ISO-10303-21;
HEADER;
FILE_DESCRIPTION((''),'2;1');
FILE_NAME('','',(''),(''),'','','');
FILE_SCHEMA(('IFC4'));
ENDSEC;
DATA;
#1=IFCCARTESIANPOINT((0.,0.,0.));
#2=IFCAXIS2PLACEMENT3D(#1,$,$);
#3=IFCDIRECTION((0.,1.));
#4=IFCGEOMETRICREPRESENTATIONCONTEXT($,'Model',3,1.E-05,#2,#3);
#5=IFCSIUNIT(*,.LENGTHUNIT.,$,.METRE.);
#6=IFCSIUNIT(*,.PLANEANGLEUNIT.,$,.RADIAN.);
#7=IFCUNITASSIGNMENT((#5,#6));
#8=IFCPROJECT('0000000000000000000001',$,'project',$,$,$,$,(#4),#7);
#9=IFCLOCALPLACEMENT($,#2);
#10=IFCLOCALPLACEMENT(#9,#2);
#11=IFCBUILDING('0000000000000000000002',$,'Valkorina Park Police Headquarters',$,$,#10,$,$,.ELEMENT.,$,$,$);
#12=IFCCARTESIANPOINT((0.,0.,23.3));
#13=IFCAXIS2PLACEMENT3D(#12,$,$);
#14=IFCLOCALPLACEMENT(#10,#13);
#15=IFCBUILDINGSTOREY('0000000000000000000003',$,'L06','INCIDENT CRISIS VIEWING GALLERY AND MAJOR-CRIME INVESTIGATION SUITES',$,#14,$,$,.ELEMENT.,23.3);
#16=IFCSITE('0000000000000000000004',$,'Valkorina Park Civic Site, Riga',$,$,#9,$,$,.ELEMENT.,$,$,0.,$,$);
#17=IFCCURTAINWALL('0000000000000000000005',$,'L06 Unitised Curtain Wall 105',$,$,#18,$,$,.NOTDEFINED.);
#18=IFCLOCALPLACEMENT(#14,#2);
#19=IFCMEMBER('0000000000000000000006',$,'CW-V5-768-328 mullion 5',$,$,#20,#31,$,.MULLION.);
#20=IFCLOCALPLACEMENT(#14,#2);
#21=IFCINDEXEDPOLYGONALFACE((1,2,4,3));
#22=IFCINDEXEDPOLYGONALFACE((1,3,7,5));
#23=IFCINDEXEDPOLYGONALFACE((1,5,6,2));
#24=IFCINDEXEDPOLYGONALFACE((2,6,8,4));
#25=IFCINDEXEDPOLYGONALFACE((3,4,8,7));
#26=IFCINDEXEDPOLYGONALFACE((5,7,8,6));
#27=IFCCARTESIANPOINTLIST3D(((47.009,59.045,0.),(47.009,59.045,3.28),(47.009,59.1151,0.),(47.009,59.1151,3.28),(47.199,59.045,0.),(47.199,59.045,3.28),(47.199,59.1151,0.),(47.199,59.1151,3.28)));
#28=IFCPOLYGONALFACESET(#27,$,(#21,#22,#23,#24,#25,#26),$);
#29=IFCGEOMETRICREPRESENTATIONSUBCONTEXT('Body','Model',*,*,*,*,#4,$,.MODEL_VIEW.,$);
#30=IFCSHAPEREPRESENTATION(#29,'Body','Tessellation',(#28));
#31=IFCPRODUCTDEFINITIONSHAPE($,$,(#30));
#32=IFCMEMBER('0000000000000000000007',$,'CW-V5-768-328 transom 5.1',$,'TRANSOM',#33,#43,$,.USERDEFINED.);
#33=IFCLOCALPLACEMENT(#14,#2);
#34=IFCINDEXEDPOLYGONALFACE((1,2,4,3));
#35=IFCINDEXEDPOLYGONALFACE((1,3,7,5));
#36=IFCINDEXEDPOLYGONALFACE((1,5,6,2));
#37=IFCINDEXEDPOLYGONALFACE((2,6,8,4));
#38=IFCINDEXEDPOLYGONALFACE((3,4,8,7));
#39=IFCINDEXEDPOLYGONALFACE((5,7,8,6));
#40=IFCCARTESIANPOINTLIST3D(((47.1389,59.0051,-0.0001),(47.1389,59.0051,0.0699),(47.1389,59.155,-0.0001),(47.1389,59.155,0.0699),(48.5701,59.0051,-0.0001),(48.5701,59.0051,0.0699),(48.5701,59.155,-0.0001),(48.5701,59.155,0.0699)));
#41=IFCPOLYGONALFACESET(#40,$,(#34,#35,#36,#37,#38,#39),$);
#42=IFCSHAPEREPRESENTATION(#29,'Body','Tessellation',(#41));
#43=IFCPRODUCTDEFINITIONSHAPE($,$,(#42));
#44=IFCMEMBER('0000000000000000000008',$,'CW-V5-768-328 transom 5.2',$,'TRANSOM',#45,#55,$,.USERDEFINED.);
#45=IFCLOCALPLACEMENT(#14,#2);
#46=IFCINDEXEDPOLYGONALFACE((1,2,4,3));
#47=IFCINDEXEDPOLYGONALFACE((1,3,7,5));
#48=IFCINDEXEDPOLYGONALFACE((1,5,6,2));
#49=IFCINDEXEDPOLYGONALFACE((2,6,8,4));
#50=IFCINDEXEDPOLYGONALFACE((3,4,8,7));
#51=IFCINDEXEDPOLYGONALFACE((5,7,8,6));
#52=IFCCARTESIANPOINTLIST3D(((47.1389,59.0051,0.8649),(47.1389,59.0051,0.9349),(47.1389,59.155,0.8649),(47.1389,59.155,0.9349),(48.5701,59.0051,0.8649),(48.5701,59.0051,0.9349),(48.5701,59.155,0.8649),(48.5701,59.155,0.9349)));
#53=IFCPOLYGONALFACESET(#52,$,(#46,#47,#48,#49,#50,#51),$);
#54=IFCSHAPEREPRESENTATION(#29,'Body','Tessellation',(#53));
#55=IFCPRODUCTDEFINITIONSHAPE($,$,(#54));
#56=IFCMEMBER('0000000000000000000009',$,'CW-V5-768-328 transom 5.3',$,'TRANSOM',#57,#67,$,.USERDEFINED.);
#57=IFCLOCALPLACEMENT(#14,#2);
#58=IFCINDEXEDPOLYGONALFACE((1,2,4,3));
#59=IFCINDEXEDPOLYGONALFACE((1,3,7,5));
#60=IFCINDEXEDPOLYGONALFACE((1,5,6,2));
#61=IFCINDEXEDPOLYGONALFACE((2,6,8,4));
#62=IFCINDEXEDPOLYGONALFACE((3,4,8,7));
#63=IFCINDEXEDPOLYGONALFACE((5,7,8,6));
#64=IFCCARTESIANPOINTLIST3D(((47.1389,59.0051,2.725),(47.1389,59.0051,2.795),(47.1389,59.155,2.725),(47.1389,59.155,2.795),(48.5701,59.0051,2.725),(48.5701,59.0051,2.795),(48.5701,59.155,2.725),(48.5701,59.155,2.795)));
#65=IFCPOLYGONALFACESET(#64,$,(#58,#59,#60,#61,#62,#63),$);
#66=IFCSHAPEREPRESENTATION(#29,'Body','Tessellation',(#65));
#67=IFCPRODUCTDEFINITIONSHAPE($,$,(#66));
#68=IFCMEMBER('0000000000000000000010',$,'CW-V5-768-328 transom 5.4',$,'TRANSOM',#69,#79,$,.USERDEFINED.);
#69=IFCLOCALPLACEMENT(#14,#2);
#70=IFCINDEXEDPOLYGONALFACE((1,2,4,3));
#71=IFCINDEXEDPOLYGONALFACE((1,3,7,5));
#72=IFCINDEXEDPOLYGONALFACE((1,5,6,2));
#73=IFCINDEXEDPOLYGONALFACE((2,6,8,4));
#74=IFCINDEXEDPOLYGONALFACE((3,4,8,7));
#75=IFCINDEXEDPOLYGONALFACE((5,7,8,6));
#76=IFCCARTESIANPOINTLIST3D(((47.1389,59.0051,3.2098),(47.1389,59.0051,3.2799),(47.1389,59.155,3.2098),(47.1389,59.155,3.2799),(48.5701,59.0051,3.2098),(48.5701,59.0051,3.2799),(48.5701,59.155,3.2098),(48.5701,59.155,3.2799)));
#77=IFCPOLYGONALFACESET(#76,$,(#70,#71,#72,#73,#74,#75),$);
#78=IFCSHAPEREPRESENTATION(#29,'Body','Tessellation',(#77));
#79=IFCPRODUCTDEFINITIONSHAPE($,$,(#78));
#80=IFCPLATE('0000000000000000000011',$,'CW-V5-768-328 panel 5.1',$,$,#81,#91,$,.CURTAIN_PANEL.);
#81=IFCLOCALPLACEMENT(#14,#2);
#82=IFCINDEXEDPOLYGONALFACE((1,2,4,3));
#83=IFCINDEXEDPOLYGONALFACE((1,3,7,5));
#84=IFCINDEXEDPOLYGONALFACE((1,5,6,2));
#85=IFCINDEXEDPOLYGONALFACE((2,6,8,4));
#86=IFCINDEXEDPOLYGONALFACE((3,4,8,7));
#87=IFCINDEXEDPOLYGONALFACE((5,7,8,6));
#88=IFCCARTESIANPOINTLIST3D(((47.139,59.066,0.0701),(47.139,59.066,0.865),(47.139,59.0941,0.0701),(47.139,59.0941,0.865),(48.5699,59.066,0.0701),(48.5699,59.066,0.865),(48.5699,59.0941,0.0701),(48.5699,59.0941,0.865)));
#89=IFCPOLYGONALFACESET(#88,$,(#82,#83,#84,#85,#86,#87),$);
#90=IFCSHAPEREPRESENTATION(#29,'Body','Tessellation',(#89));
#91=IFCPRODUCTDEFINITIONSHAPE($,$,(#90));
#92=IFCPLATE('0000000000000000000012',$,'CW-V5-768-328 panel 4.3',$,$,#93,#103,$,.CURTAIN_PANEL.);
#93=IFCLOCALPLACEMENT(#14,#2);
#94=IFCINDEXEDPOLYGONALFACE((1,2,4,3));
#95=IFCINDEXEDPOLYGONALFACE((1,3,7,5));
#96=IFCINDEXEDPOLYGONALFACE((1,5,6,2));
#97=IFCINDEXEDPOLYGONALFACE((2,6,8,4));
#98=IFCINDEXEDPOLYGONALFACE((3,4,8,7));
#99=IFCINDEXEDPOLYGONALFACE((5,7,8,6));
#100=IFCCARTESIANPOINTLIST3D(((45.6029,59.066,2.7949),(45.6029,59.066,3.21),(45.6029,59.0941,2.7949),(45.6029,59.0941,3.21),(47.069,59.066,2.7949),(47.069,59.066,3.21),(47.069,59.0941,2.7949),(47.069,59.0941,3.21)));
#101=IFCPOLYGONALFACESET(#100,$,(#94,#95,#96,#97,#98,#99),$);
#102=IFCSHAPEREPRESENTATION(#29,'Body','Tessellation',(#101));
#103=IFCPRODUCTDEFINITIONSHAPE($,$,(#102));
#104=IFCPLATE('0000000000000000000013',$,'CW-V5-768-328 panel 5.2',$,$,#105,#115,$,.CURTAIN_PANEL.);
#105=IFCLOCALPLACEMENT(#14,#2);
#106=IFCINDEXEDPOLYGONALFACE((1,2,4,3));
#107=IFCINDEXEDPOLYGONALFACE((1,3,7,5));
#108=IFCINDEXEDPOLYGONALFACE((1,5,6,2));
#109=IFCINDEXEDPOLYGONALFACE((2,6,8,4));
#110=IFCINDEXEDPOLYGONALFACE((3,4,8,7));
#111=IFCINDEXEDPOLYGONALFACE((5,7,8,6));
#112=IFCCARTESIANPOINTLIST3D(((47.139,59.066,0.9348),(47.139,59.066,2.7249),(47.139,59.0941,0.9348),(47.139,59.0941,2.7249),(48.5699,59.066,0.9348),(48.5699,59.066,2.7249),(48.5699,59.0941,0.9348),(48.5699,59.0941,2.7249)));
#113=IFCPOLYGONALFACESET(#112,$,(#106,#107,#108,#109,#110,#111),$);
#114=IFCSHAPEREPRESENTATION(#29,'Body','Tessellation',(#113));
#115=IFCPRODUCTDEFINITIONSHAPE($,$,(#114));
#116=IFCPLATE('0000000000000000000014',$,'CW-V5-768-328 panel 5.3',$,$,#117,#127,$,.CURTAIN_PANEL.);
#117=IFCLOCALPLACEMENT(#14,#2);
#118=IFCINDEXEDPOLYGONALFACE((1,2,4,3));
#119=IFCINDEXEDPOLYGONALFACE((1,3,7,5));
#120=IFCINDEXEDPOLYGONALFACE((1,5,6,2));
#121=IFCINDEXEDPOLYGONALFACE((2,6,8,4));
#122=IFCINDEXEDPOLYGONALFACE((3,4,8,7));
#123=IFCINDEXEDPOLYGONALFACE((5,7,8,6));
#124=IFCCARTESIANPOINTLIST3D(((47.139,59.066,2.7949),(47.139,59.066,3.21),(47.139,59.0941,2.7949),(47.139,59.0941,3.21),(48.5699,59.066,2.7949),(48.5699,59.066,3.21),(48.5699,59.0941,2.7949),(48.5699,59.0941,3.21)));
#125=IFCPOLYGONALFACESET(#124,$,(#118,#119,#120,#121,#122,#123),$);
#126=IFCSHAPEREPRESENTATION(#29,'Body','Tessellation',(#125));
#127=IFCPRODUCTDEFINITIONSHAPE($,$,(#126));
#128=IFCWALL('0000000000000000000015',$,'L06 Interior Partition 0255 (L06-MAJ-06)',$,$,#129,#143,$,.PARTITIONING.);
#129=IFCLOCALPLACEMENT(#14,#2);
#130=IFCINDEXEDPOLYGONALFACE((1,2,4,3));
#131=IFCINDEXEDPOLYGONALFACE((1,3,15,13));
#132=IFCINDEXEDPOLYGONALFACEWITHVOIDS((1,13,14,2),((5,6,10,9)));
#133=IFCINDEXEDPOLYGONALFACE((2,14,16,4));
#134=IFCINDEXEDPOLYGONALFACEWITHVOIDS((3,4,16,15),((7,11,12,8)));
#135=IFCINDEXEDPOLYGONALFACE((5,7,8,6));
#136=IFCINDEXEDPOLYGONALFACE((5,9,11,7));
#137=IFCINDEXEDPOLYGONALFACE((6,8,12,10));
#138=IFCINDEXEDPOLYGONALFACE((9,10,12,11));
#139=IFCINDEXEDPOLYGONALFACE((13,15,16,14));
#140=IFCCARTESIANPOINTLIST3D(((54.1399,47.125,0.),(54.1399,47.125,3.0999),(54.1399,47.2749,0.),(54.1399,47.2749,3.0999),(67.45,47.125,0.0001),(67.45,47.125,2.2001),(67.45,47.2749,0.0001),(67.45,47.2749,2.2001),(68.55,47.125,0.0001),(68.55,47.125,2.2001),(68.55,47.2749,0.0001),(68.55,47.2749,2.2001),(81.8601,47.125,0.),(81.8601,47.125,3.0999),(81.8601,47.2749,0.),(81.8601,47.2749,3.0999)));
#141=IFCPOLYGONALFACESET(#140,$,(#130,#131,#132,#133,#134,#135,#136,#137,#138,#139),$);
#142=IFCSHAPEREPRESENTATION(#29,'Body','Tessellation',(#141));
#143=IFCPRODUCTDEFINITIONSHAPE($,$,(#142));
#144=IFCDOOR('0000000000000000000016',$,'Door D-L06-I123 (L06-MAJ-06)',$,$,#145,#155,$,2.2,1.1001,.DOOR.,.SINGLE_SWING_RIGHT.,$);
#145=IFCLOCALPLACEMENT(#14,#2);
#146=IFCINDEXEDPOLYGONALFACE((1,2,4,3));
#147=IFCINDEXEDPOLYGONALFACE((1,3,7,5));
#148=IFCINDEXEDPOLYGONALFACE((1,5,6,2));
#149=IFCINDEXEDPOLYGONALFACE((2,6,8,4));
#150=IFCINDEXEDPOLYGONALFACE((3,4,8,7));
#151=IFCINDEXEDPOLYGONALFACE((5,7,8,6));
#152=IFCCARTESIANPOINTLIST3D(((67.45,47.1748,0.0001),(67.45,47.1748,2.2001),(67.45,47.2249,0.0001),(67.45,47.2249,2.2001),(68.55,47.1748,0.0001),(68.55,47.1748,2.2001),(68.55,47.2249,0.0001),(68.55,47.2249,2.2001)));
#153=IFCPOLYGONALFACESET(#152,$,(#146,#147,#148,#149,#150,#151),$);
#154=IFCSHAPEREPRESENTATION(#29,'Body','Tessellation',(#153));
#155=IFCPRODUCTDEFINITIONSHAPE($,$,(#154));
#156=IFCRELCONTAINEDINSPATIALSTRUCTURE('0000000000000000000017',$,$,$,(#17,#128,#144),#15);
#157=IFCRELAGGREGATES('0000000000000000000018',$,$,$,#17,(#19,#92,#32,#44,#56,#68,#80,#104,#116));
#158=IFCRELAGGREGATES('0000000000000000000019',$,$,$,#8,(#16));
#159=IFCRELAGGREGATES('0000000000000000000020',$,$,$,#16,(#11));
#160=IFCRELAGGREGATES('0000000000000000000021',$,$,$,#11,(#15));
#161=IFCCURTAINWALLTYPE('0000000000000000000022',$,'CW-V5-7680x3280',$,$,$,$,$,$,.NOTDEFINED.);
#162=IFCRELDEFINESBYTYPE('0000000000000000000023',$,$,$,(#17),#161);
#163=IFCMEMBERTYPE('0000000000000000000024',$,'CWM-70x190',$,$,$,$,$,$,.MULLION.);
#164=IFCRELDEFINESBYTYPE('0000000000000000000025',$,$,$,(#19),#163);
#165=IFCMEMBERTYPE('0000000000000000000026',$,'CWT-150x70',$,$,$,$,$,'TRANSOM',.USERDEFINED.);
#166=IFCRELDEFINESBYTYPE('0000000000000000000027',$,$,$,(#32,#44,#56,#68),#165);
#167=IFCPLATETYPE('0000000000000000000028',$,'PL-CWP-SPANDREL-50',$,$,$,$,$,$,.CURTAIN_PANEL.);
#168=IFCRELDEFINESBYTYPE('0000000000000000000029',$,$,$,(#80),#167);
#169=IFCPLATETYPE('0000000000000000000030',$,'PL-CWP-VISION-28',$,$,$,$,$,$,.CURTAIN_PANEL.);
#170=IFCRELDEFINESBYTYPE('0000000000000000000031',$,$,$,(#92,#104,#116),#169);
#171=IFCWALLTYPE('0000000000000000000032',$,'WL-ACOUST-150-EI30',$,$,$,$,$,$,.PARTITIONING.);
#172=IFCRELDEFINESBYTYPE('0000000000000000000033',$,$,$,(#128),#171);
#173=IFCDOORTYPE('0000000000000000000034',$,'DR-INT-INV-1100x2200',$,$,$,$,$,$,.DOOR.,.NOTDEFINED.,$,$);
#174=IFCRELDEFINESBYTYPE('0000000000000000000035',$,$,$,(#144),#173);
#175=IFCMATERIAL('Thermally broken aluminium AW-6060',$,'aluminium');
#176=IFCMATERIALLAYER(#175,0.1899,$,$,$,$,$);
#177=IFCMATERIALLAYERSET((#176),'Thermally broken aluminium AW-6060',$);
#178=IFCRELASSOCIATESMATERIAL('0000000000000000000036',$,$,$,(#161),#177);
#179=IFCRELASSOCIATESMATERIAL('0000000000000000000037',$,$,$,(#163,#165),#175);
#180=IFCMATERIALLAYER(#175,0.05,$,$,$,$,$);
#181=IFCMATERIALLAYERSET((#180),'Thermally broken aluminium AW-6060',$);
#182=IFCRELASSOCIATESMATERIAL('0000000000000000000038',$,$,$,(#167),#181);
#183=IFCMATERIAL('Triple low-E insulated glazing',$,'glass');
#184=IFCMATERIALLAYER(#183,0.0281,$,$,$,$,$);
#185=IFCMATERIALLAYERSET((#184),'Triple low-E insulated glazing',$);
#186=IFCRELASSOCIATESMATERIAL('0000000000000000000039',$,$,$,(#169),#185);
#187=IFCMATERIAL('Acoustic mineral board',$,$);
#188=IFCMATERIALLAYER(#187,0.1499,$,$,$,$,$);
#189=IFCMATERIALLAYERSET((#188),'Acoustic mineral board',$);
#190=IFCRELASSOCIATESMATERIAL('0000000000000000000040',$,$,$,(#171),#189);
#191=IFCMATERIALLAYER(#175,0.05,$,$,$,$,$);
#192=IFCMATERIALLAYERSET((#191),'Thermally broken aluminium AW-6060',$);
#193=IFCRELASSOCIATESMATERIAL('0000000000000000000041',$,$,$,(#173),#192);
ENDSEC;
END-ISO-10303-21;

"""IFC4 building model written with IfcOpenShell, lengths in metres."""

from ifc_helpers import new_model, si_unit, direction, frame, frame_2d, origin, origin_2d, place, context, subcontext, project, spatial, rectangle, extrude, material, layer, layer_set, material_profile, profile_set, type_object, element, fill, aggregate, save


model = new_model("IFC4")

# Units and contexts
model_context = context("Model", 3, precision=1e-05, world=origin(), true_north=direction((0.0, 1.0)))
body_context = subcontext(model_context, "Body", "Model", "MODEL_VIEW")
ifc_project = project(units=[si_unit("LENGTHUNIT", "METRE"), si_unit("PLANEANGLEUNIT", "RADIAN")], contexts=[model_context])

# Site, building, storey
site_placement = place(None, origin())
site = spatial("IfcSite", under=ifc_project, at=site_placement, Name="Valkorina Park Civic Site, Riga", CompositionType="ELEMENT", RefElevation=0.0)
building_placement = place(site_placement, origin())
building = spatial("IfcBuilding", under=site, at=building_placement, Name="Valkorina Park Police Headquarters", CompositionType="ELEMENT")
storey_placement = place(building_placement, frame((0.0, 0.0, 23.3)))
storey = spatial("IfcBuildingStorey", under=building, at=storey_placement, Name="L06", Description="INCIDENT CRISIS VIEWING GALLERY AND MAJOR-CRIME INVESTIGATION SUITES", CompositionType="ELEMENT", Elevation=23.3)

# Curtain wall, members, plates
ifc_material_1 = material(Name="Thermally broken aluminium AW-6060", Category="aluminium")
ifc_layer_1 = layer(ifc_material_1, 0.1899)
ifc_layer_set_1 = layer_set([ifc_layer_1], Name="Thermally broken aluminium AW-6060")
curtain_wall_type = type_object("IfcCurtainWallType", Name="CW-V5-7680x3280", PredefinedType="NOTDEFINED", material=ifc_layer_set_1)
curtain_wall_placement = place(storey_placement, origin())
curtain_wall = element("IfcCurtainWall", 1, at=curtain_wall_placement, inside=storey, type_object=curtain_wall_type, Name="L06 Unitised Curtain Wall 105", PredefinedType="NOTDEFINED")
ifc_material_profile_1 = material_profile(ifc_material_1, rectangle(XDim=0.0701, YDim=0.1899, at=origin_2d()), Name="CWM-02 70x190")
ifc_profile_set_1 = profile_set([ifc_material_profile_1], Name="Thermally broken aluminium AW-6060")
member_type_1 = type_object("IfcMemberType", Name="CWM-70x190", PredefinedType="MULLION", material=ifc_profile_set_1)
member_1_placement = place(storey_placement, frame((47.104, 59.0801, 0.0), z_axis=(0.0, 0.0, 1.0), x_axis=(0.0, 1.0, 0.0)))
member_1 = element("IfcMember", 2, at=member_1_placement, type_object=member_type_1, Name="CW-V5-768-328 mullion 5", PredefinedType="MULLION", context=body_context, shape_type="SweptSolid", body=[
    extrude(rectangle(XDim=0.0701, YDim=0.1899, at=origin_2d()), origin(), (0.0, 0.0, 1.0), 3.28),
])
ifc_material_profile_2 = material_profile(ifc_material_1, rectangle(XDim=0.1499, YDim=0.0701, at=origin_2d()), Name="CWT-02 150x70")
ifc_profile_set_2 = profile_set([ifc_material_profile_2], Name="Thermally broken aluminium AW-6060")
member_type_2 = type_object("IfcMemberType", Name="CWT-150x70", ElementType="TRANSOM", PredefinedType="USERDEFINED", material=ifc_profile_set_2)
member_2_placement = place(storey_placement, frame((47.1389, 59.0801, 0.0349), z_axis=(1.0, 0.0, 0.0), x_axis=(0.0, 1.0, 0.0)))
member_2 = element("IfcMember", 3, at=member_2_placement, type_object=member_type_2, Name="CW-V5-768-328 transom 5.1", ObjectType="TRANSOM", PredefinedType="USERDEFINED", context=body_context, shape_type="SweptSolid", body=[
    extrude(rectangle(XDim=0.1499, YDim=0.0701, at=origin_2d()), origin(), (0.0, 0.0, 1.0), 1.4312),
])
member_3_placement = place(storey_placement, frame((47.1389, 59.0801, 0.8999), z_axis=(1.0, 0.0, 0.0), x_axis=(0.0, 1.0, 0.0)))
member_3 = element("IfcMember", 4, at=member_3_placement, type_object=member_type_2, Name="CW-V5-768-328 transom 5.2", ObjectType="TRANSOM", PredefinedType="USERDEFINED", context=body_context, shape_type="SweptSolid", body=[
    extrude(rectangle(XDim=0.1499, YDim=0.0701, at=origin_2d()), origin(), (0.0, 0.0, 1.0), 1.4312),
])
member_4_placement = place(storey_placement, frame((47.1389, 59.0801, 2.76), z_axis=(1.0, 0.0, 0.0), x_axis=(0.0, 1.0, 0.0)))
member_4 = element("IfcMember", 5, at=member_4_placement, type_object=member_type_2, Name="CW-V5-768-328 transom 5.3", ObjectType="TRANSOM", PredefinedType="USERDEFINED", context=body_context, shape_type="SweptSolid", body=[
    extrude(rectangle(XDim=0.1499, YDim=0.0701, at=origin_2d()), origin(), (0.0, 0.0, 1.0), 1.4312),
])
member_5_placement = place(storey_placement, frame((47.1389, 59.0801, 3.2449), z_axis=(1.0, 0.0, 0.0), x_axis=(0.0, 1.0, 0.0)))
member_5 = element("IfcMember", 6, at=member_5_placement, type_object=member_type_2, Name="CW-V5-768-328 transom 5.4", ObjectType="TRANSOM", PredefinedType="USERDEFINED", context=body_context, shape_type="SweptSolid", body=[
    extrude(rectangle(XDim=0.1499, YDim=0.0701, at=origin_2d()), origin(), (0.0, 0.0, 1.0), 1.4312),
])
ifc_layer_2 = layer(ifc_material_1, 0.05)
ifc_layer_set_2 = layer_set([ifc_layer_2], Name="Thermally broken aluminium AW-6060")
plate_type_1 = type_object("IfcPlateType", Name="PL-CWP-SPANDREL-50", PredefinedType="CURTAIN_PANEL", material=ifc_layer_set_2)
plate_1_placement = place(storey_placement, frame((47.8545, 59.0801, 0.0701), z_axis=(0.0, 0.0, 1.0), x_axis=(1.0, 0.0, 0.0)))
plate_1 = element("IfcPlate", 7, at=plate_1_placement, type_object=plate_type_1, Name="CW-V5-768-328 panel 5.1", PredefinedType="CURTAIN_PANEL", context=body_context, shape_type="SweptSolid", body=[
    extrude(rectangle(XDim=1.4309, YDim=0.0281, at=origin_2d()), origin(), (0.0, 0.0, 1.0), 0.7949),
])
ifc_material_2 = material(Name="Triple low-E insulated glazing", Category="glass")
ifc_layer_3 = layer(ifc_material_2, 0.0281)
ifc_layer_set_3 = layer_set([ifc_layer_3], Name="Triple low-E insulated glazing")
plate_type_2 = type_object("IfcPlateType", Name="PL-CWP-VISION-28", PredefinedType="CURTAIN_PANEL", material=ifc_layer_set_3)
plate_2_placement = place(storey_placement, frame((46.3359, 59.0801, 2.7949), z_axis=(0.0, 0.0, 1.0), x_axis=(1.0, 0.0, 0.0)))
plate_2 = element("IfcPlate", 8, at=plate_2_placement, type_object=plate_type_2, Name="CW-V5-768-328 panel 4.3", PredefinedType="CURTAIN_PANEL", context=body_context, shape_type="SweptSolid", body=[
    extrude(rectangle(XDim=1.4661, YDim=0.0281, at=origin_2d()), origin(), (0.0, 0.0, 1.0), 0.415),
])
plate_3_placement = place(storey_placement, frame((47.8545, 59.0801, 0.9348), z_axis=(0.0, 0.0, 1.0), x_axis=(1.0, 0.0, 0.0)))
plate_3 = element("IfcPlate", 9, at=plate_3_placement, type_object=plate_type_2, Name="CW-V5-768-328 panel 5.2", PredefinedType="CURTAIN_PANEL", context=body_context, shape_type="SweptSolid", body=[
    extrude(rectangle(XDim=1.4309, YDim=0.0281, at=origin_2d()), origin(), (0.0, 0.0, 1.0), 1.79),
])
plate_4_placement = place(storey_placement, frame((47.8545, 59.0801, 2.7949), z_axis=(0.0, 0.0, 1.0), x_axis=(1.0, 0.0, 0.0)))
plate_4 = element("IfcPlate", 10, at=plate_4_placement, type_object=plate_type_2, Name="CW-V5-768-328 panel 5.3", PredefinedType="CURTAIN_PANEL", context=body_context, shape_type="SweptSolid", body=[
    extrude(rectangle(XDim=1.4309, YDim=0.0281, at=origin_2d()), origin(), (0.0, 0.0, 1.0), 0.415),
])
aggregate(curtain_wall, [member_1, plate_2, member_2, member_3, member_4, member_5, plate_1, plate_3, plate_4])

# Wall, opening, door
ifc_material_3 = material(Name="Acoustic mineral board")
ifc_layer_4 = layer(ifc_material_3, 0.1499)
ifc_layer_set_4 = layer_set([ifc_layer_4], Name="Acoustic mineral board")
wall_type_1 = type_object("IfcWallType", Name="WL-ACOUST-150-EI30", PredefinedType="PARTITIONING", material=ifc_layer_set_4)
wall_1_placement = place(storey_placement, frame((54.1399, 47.2, 0.0), z_axis=(0.0, 0.0, 1.0), x_axis=(1.0, 0.0, 0.0)))
wall_1 = element("IfcWall", 11, at=wall_1_placement, inside=storey, type_object=wall_type_1, Name="L06 Interior Partition 0255 (L06-MAJ-06)", PredefinedType="PARTITIONING", context=body_context, shape_type="SweptSolid", body=[
    extrude(rectangle(XDim=27.7202, YDim=0.1499, at=frame_2d((13.8601, 0.0))), origin(), (0.0, 0.0, 1.0), 3.0999),
])
opening_1_placement = place(wall_1_placement, frame((13.3101, 0.0, 0.0)))
opening_1 = element("IfcOpeningElement", 12, at=opening_1_placement, cuts=wall_1, PredefinedType="OPENING", context=body_context, shape_type="SweptSolid", body=[
    extrude(rectangle(XDim=1.1001, YDim=2.2, at=frame_2d((0.55, 1.1001))), frame((0.0, 0.085, 0.0), z_axis=(0.0, -1.0, 0.0), x_axis=(1.0, 0.0, 0.0)), (0.0, 0.0, 1.0), 0.1699),
])
ifc_layer_5 = layer(ifc_material_1, 0.05)
ifc_layer_set_5 = layer_set([ifc_layer_5], Name="Thermally broken aluminium AW-6060")
door_type_1 = type_object("IfcDoorType", Name="DR-INT-INV-1100x2200", OperationType="NOTDEFINED", PredefinedType="DOOR", material=ifc_layer_set_5)
door_1_placement = place(opening_1_placement, origin())
door_1 = element("IfcDoor", 13, at=door_1_placement, inside=storey, type_object=door_type_1, Name="Door D-L06-I123 (L06-MAJ-06)", OperationType="SINGLE_SWING_RIGHT", OverallHeight=2.2, OverallWidth=1.1001, PredefinedType="DOOR", context=body_context, shape_type="SweptSolid", body=[
    extrude(rectangle(XDim=1.1001, YDim=2.2, at=frame_2d((0.55, 1.1001))), frame((0.0, 0.0249, 0.0), z_axis=(0.0, -1.0, 0.0), x_axis=(1.0, 0.0, 0.0)), (0.0, 0.0, 1.0), 0.05),
])
fill(opening_1, door_1)

save(model, "model.ifc")
